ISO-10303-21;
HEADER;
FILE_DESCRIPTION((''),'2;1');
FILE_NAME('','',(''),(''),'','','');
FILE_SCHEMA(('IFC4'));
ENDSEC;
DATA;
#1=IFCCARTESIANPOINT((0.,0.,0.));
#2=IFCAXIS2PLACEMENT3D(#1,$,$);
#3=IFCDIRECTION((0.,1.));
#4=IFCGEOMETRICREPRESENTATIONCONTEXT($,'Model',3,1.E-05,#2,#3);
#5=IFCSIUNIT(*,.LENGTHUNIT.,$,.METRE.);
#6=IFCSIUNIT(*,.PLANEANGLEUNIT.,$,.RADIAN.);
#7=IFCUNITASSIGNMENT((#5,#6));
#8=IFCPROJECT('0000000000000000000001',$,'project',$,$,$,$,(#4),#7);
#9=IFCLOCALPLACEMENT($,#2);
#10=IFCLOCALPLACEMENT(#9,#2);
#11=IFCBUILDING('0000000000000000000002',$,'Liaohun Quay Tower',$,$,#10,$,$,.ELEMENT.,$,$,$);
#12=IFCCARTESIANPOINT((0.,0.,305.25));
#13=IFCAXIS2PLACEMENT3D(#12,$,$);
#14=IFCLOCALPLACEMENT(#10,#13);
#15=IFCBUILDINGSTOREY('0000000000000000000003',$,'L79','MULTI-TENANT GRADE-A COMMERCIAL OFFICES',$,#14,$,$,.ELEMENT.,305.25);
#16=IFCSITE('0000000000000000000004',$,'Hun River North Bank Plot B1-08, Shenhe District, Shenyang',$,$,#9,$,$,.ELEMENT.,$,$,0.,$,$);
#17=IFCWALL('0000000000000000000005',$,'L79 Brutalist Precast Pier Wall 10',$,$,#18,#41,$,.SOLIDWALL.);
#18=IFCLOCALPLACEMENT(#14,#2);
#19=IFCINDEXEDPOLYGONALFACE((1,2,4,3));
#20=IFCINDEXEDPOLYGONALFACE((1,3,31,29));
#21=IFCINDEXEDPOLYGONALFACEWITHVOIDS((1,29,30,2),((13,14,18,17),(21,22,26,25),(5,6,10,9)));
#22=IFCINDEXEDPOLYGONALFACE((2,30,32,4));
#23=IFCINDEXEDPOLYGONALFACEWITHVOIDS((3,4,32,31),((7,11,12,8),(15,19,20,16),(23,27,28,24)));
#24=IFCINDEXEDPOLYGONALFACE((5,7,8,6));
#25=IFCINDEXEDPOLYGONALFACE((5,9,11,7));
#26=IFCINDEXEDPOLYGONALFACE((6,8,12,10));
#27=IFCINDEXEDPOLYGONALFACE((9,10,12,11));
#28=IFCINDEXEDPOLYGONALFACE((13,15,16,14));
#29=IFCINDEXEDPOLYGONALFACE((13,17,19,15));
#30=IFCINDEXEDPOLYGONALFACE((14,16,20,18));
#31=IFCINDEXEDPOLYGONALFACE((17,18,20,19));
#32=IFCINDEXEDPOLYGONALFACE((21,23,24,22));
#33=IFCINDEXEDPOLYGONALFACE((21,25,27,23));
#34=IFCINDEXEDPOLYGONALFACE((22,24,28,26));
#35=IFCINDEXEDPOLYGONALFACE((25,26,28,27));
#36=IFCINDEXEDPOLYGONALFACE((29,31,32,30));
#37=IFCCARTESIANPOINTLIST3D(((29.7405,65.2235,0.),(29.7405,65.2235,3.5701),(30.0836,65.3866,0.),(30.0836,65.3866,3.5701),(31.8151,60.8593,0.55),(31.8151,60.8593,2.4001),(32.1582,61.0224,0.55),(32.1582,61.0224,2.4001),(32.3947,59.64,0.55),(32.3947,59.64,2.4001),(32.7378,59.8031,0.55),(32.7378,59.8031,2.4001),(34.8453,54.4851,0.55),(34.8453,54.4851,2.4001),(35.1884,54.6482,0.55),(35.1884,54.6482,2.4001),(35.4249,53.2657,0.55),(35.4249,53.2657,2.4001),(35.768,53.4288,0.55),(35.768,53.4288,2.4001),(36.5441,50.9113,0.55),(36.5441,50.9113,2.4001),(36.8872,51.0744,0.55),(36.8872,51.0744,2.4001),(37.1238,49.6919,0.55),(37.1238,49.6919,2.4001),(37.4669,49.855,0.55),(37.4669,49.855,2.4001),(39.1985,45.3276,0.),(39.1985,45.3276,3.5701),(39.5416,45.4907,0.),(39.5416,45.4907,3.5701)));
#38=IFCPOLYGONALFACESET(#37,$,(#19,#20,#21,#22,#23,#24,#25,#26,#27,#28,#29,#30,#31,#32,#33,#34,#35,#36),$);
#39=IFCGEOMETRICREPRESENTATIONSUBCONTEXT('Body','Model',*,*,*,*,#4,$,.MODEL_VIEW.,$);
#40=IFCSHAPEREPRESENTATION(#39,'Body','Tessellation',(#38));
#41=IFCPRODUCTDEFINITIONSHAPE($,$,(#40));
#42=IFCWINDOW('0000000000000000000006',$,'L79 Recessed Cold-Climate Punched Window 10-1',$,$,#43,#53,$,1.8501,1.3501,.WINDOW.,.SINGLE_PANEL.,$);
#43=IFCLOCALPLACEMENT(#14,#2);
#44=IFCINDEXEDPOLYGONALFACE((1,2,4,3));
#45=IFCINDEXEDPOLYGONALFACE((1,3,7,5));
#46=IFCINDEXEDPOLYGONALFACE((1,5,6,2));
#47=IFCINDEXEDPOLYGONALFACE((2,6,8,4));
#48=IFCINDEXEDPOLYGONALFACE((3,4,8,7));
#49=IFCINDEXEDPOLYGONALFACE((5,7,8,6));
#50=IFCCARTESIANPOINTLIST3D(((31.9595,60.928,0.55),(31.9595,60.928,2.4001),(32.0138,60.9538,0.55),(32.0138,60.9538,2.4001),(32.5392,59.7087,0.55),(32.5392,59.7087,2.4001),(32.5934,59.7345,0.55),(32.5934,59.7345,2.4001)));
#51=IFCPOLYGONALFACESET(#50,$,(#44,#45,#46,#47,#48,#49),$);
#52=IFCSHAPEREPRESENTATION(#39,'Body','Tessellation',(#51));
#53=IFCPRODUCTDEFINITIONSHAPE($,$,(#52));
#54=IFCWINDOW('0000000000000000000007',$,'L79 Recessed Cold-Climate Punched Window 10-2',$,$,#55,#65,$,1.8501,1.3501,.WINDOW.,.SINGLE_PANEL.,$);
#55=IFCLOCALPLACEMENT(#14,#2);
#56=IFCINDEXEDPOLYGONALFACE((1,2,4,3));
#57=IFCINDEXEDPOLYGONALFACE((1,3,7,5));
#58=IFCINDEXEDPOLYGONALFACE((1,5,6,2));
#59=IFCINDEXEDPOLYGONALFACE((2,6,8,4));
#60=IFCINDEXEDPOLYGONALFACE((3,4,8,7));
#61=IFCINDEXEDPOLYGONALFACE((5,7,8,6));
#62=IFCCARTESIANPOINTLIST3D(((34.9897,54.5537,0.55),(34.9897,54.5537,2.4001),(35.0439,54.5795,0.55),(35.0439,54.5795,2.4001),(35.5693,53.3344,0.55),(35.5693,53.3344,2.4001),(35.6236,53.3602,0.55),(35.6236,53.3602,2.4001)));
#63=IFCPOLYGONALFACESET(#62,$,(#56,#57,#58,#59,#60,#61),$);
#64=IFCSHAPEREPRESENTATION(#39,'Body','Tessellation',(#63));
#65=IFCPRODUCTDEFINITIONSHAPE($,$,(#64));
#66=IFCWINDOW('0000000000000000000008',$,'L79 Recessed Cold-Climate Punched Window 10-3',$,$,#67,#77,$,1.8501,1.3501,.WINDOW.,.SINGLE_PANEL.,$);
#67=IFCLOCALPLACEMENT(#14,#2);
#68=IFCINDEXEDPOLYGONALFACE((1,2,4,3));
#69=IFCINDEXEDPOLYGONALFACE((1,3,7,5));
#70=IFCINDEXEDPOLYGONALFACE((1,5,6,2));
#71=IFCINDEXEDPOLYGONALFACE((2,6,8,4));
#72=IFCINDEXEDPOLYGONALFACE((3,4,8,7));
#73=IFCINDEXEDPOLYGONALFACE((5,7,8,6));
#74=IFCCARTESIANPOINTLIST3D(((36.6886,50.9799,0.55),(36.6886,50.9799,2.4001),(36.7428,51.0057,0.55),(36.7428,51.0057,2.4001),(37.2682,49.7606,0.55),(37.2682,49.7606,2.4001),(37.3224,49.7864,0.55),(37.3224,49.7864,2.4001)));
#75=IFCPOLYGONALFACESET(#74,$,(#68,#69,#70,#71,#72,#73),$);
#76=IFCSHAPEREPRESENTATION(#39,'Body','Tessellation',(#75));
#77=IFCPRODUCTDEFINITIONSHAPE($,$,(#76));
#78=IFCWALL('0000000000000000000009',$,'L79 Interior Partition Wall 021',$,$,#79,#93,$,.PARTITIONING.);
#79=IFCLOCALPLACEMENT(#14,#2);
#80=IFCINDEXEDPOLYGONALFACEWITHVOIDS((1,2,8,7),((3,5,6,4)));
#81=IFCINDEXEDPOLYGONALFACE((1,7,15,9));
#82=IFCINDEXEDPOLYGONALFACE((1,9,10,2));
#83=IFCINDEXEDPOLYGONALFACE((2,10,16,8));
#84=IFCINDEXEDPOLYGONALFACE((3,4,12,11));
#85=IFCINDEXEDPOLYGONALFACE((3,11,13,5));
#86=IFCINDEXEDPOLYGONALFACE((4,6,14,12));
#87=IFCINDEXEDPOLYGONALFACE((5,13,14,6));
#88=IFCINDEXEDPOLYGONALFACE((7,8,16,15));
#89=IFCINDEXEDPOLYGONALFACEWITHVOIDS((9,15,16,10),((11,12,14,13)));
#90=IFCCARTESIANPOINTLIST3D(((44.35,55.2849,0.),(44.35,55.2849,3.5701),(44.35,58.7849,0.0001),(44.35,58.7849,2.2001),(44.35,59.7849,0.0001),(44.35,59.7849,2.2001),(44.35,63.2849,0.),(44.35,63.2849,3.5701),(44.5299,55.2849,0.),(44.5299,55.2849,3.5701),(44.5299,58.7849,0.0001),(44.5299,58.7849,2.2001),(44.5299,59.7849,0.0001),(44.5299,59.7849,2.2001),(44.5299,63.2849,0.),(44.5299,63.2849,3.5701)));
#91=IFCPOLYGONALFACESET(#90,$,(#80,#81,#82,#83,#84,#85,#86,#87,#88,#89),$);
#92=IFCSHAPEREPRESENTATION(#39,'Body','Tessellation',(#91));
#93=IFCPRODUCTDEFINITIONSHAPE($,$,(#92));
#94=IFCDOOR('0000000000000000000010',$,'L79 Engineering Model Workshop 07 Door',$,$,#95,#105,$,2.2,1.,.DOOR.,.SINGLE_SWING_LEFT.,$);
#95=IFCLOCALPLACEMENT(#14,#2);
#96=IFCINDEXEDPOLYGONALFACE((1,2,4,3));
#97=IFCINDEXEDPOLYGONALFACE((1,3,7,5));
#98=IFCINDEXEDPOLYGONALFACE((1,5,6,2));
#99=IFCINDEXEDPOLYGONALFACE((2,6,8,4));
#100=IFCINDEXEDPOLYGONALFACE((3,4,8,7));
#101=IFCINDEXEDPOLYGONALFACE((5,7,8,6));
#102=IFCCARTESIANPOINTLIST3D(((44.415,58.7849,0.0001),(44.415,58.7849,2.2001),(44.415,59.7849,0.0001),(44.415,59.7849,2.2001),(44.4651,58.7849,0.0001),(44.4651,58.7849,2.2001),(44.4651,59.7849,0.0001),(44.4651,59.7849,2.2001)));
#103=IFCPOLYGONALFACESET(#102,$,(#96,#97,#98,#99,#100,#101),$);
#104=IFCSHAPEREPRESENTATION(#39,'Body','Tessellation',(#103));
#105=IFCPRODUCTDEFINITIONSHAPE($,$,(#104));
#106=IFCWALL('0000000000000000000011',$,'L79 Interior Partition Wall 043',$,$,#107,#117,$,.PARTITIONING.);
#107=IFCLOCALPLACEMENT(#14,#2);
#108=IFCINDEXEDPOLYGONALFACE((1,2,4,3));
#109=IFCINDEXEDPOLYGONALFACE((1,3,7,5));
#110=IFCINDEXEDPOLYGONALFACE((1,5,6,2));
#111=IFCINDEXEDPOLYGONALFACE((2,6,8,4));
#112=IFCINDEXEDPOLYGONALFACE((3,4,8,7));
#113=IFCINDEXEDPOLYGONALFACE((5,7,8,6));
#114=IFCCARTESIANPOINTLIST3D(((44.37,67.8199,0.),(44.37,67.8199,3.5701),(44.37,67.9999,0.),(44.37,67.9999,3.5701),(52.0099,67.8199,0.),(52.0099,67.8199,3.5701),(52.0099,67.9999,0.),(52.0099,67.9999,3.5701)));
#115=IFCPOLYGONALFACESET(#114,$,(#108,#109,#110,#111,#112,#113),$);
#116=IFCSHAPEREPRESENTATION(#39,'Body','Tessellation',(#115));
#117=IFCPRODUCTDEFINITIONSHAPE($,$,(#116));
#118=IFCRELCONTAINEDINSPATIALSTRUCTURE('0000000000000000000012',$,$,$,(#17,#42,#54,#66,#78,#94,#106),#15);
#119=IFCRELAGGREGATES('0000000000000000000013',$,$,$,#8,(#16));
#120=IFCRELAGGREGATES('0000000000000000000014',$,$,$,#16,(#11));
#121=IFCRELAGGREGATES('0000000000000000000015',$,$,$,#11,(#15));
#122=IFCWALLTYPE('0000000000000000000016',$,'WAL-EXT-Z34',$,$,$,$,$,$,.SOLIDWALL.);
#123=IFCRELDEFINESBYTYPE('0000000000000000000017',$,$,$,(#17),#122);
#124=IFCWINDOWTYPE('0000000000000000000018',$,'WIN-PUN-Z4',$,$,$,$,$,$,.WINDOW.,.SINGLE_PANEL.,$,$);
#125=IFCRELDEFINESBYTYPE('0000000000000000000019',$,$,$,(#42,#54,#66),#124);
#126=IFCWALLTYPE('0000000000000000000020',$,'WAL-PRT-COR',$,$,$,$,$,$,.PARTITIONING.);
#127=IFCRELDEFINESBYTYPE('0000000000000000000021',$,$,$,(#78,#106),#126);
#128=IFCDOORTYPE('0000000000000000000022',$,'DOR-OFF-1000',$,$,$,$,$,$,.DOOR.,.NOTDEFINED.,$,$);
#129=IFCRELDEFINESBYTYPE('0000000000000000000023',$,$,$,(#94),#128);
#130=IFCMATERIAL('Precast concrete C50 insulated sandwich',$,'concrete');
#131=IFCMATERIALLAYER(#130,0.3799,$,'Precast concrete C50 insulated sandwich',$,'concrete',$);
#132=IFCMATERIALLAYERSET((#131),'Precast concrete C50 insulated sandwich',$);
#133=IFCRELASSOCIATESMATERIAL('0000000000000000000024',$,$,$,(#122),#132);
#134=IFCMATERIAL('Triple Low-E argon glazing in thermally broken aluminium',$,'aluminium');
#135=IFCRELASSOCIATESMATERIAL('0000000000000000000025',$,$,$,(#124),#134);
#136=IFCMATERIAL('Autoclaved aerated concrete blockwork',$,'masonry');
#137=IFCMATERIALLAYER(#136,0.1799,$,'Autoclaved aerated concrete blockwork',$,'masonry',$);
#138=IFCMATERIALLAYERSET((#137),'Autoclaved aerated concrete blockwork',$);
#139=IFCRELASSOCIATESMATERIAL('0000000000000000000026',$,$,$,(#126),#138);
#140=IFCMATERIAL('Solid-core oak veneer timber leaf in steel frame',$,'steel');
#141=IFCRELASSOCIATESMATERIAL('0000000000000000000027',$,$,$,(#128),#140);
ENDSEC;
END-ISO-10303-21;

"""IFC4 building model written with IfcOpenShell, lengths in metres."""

from ifc_helpers import new_model, si_unit, direction, frame, frame_2d, origin, place, context, subcontext, project, spatial, rectangle, extrude, source, transform, mapped, material, layer, layer_set, type_object, element, fill, save


model = new_model("IFC4")

# Units and contexts
model_context = context("Model", 3, precision=1e-05, world=origin(), true_north=direction((0.0, 1.0)))
body_context = subcontext(model_context, "Body", "Model", "MODEL_VIEW")
ifc_project = project(units=[si_unit("LENGTHUNIT", "METRE"), si_unit("PLANEANGLEUNIT", "RADIAN")], contexts=[model_context])

# Site, building, storey
site_placement = place(None, origin())
site = spatial("IfcSite", under=ifc_project, at=site_placement, Name="Hun River North Bank Plot B1-08, Shenhe District, Shenyang", CompositionType="ELEMENT", RefElevation=0.0)
building_placement = place(site_placement, origin())
building = spatial("IfcBuilding", under=site, at=building_placement, Name="Liaohun Quay Tower", CompositionType="ELEMENT")
storey_placement = place(building_placement, frame((0.0, 0.0, 305.25)))
storey = spatial("IfcBuildingStorey", under=building, at=storey_placement, Name="L79", Description="MULTI-TENANT GRADE-A COMMERCIAL OFFICES", CompositionType="ELEMENT", Elevation=305.25)

# Shared definitions
ifc_material_1 = material(Name="Precast concrete C50 insulated sandwich", Category="concrete")
ifc_layer_1 = layer(ifc_material_1, 0.3799, Name="Precast concrete C50 insulated sandwich", Category="concrete")
ifc_layer_set_1 = layer_set([ifc_layer_1], Name="Precast concrete C50 insulated sandwich")
wall_type_1 = type_object("IfcWallType", Name="WAL-EXT-Z34", PredefinedType="SOLIDWALL", material=ifc_layer_set_1)

# Wall, openings, windows
wall_1_placement = place(storey_placement, frame((29.9121, 65.3049, 0.0), z_axis=(0.0, 0.0, 1.0), x_axis=(0.429331, -0.903147, 0.0)))
wall_1 = element("IfcWall", 1, at=wall_1_placement, inside=storey, type_object=wall_type_1, Name="L79 Brutalist Precast Pier Wall 10", PredefinedType="SOLIDWALL", context=body_context, shape_type="SweptSolid", body=[
    extrude(rectangle(XDim=22.0295, YDim=0.3799, at=frame_2d((11.0146, 0.0))), origin(), (0.0, 0.0, 1.0), 3.5701),
])
shared_shape_1 = source(origin(), body_context, "Body", "SweptSolid", [
    extrude(rectangle(XDim=1.3501, YDim=1.8501, at=frame_2d((0.675, 0.925))), frame((0.0, 0.2, 0.0), z_axis=(0.0, -1.0, 0.0), x_axis=(1.0, 0.0, 0.0)), (0.0, 0.0, 1.0), 0.3999),
])
opening_1_placement = place(wall_1_placement, frame((4.832, 0.0, 0.55)))
opening_1 = element("IfcOpeningElement", 2, at=opening_1_placement, cuts=wall_1, PredefinedType="OPENING", context=body_context, shape_type="MappedRepresentation", body=[
    mapped(shared_shape_1, transform((0.0, 0.0, 0.0), x_axis=(1.0, 0.0, 0.0), y_axis=(0.0, 1.0, 0.0), z_axis=(0.0, 0.0, 1.0), scale=1.0)),
])
opening_2_placement = place(wall_1_placement, frame((11.8899, 0.0, 0.55)))
opening_2 = element("IfcOpeningElement", 3, at=opening_2_placement, cuts=wall_1, PredefinedType="OPENING", context=body_context, shape_type="MappedRepresentation", body=[
    mapped(shared_shape_1, transform((0.0, 0.0, 0.0), x_axis=(1.0, 0.0, 0.0), y_axis=(0.0, 1.0, 0.0), z_axis=(0.0, 0.0, 1.0), scale=1.0)),
])
opening_3_placement = place(wall_1_placement, frame((15.8469, 0.0, 0.55)))
opening_3 = element("IfcOpeningElement", 4, at=opening_3_placement, cuts=wall_1, PredefinedType="OPENING", context=body_context, shape_type="MappedRepresentation", body=[
    mapped(shared_shape_1, transform((0.0, 0.0, 0.0), x_axis=(1.0, 0.0, 0.0), y_axis=(0.0, 1.0, 0.0), z_axis=(0.0, 0.0, 1.0), scale=1.0)),
])
ifc_material_2 = material(Name="Triple Low-E argon glazing in thermally broken aluminium", Category="aluminium")
window_type_1 = type_object("IfcWindowType", Name="WIN-PUN-Z4", PartitioningType="SINGLE_PANEL", PredefinedType="WINDOW", material=ifc_material_2)
shared_shape_2 = source(origin(), body_context, "Body", "SweptSolid", [
    extrude(rectangle(XDim=1.3501, YDim=1.8501, at=frame_2d((0.675, 0.925))), frame((0.0, 0.03, 0.0), z_axis=(0.0, -1.0, 0.0), x_axis=(1.0, 0.0, 0.0)), (0.0, 0.0, 1.0), 0.0601),
])
window_1_placement = place(opening_1_placement, origin())
window_1 = element("IfcWindow", 5, at=window_1_placement, inside=storey, type_object=window_type_1, Name="L79 Recessed Cold-Climate Punched Window 10-1", OverallHeight=1.8501, OverallWidth=1.3501, PartitioningType="SINGLE_PANEL", PredefinedType="WINDOW", context=body_context, shape_type="MappedRepresentation", body=[
    mapped(shared_shape_2, transform((0.0, 0.0, 0.0), x_axis=(1.0, 0.0, 0.0), y_axis=(0.0, 1.0, 0.0), z_axis=(0.0, 0.0, 1.0), scale=1.0)),
])
fill(opening_1, window_1)
window_2_placement = place(opening_2_placement, origin())
window_2 = element("IfcWindow", 6, at=window_2_placement, inside=storey, type_object=window_type_1, Name="L79 Recessed Cold-Climate Punched Window 10-2", OverallHeight=1.8501, OverallWidth=1.3501, PartitioningType="SINGLE_PANEL", PredefinedType="WINDOW", context=body_context, shape_type="MappedRepresentation", body=[
    mapped(shared_shape_2, transform((0.0, 0.0, 0.0), x_axis=(1.0, 0.0, 0.0), y_axis=(0.0, 1.0, 0.0), z_axis=(0.0, 0.0, 1.0), scale=1.0)),
])
fill(opening_2, window_2)
window_3_placement = place(opening_3_placement, origin())
window_3 = element("IfcWindow", 7, at=window_3_placement, inside=storey, type_object=window_type_1, Name="L79 Recessed Cold-Climate Punched Window 10-3", OverallHeight=1.8501, OverallWidth=1.3501, PartitioningType="SINGLE_PANEL", PredefinedType="WINDOW", context=body_context, shape_type="MappedRepresentation", body=[
    mapped(shared_shape_2, transform((0.0, 0.0, 0.0), x_axis=(1.0, 0.0, 0.0), y_axis=(0.0, 1.0, 0.0), z_axis=(0.0, 0.0, 1.0), scale=1.0)),
])
fill(opening_3, window_3)

# Wall, opening, door
ifc_material_3 = material(Name="Autoclaved aerated concrete blockwork", Category="masonry")
ifc_layer_2 = layer(ifc_material_3, 0.1799, Name="Autoclaved aerated concrete blockwork", Category="masonry")
ifc_layer_set_2 = layer_set([ifc_layer_2], Name="Autoclaved aerated concrete blockwork")
wall_type_2 = type_object("IfcWallType", Name="WAL-PRT-COR", PredefinedType="PARTITIONING", material=ifc_layer_set_2)
wall_2_placement = place(storey_placement, frame((44.4399, 55.2849, 0.0), z_axis=(0.0, 0.0, 1.0), x_axis=(0.0, 1.0, 0.0)))
wall_2 = element("IfcWall", 8, at=wall_2_placement, inside=storey, type_object=wall_type_2, Name="L79 Interior Partition Wall 021", PredefinedType="PARTITIONING", context=body_context, shape_type="SweptSolid", body=[
    extrude(rectangle(XDim=8.0, YDim=0.1799, at=frame_2d((4.0, 0.0))), origin(), (0.0, 0.0, 1.0), 3.5701),
])
shared_shape_3 = source(origin(), body_context, "Body", "SweptSolid", [
    extrude(rectangle(XDim=1.0, YDim=2.2, at=frame_2d((0.5, 1.1001))), frame((0.0, 0.0999, 0.0), z_axis=(0.0, -1.0, 0.0), x_axis=(1.0, 0.0, 0.0)), (0.0, 0.0, 1.0), 0.2),
])
opening_4_placement = place(wall_2_placement, frame((3.5, 0.0, 0.0)))
opening_4 = element("IfcOpeningElement", 9, at=opening_4_placement, cuts=wall_2, PredefinedType="OPENING", context=body_context, shape_type="MappedRepresentation", body=[
    mapped(shared_shape_3, transform((0.0, 0.0, 0.0), x_axis=(1.0, 0.0, 0.0), y_axis=(0.0, 1.0, 0.0), z_axis=(0.0, 0.0, 1.0), scale=1.0)),
])
ifc_material_4 = material(Name="Solid-core oak veneer timber leaf in steel frame", Category="steel")
door_type = type_object("IfcDoorType", Name="DOR-OFF-1000", OperationType="NOTDEFINED", PredefinedType="DOOR", material=ifc_material_4)
shared_shape_4 = source(origin(), body_context, "Body", "SweptSolid", [
    extrude(rectangle(XDim=1.0, YDim=2.2, at=frame_2d((0.5, 1.1001))), frame((0.0, 0.0249, 0.0), z_axis=(0.0, -1.0, 0.0), x_axis=(1.0, 0.0, 0.0)), (0.0, 0.0, 1.0), 0.05),
])
door_placement = place(opening_4_placement, origin())
door = element("IfcDoor", 10, at=door_placement, inside=storey, type_object=door_type, Name="L79 Engineering Model Workshop 07 Door", OperationType="SINGLE_SWING_LEFT", OverallHeight=2.2, OverallWidth=1.0, PredefinedType="DOOR", context=body_context, shape_type="MappedRepresentation", body=[
    mapped(shared_shape_4, transform((0.0, 0.0, 0.0), x_axis=(1.0, 0.0, 0.0), y_axis=(0.0, 1.0, 0.0), z_axis=(0.0, 0.0, 1.0), scale=1.0)),
])
fill(opening_4, door)

# Wall
wall_3_placement = place(storey_placement, frame((44.3701, 67.9099, 0.0), z_axis=(0.0, 0.0, 1.0), x_axis=(1.0, 0.0, 0.0)))
element("IfcWall", 11, at=wall_3_placement, inside=storey, type_object=wall_type_2, Name="L79 Interior Partition Wall 043", PredefinedType="PARTITIONING", context=body_context, shape_type="SweptSolid", body=[
    extrude(rectangle(XDim=7.6399, YDim=0.1799, at=frame_2d((3.8198, 0.0))), origin(), (0.0, 0.0, 1.0), 3.5701),
])

save(model, "model.ifc")
